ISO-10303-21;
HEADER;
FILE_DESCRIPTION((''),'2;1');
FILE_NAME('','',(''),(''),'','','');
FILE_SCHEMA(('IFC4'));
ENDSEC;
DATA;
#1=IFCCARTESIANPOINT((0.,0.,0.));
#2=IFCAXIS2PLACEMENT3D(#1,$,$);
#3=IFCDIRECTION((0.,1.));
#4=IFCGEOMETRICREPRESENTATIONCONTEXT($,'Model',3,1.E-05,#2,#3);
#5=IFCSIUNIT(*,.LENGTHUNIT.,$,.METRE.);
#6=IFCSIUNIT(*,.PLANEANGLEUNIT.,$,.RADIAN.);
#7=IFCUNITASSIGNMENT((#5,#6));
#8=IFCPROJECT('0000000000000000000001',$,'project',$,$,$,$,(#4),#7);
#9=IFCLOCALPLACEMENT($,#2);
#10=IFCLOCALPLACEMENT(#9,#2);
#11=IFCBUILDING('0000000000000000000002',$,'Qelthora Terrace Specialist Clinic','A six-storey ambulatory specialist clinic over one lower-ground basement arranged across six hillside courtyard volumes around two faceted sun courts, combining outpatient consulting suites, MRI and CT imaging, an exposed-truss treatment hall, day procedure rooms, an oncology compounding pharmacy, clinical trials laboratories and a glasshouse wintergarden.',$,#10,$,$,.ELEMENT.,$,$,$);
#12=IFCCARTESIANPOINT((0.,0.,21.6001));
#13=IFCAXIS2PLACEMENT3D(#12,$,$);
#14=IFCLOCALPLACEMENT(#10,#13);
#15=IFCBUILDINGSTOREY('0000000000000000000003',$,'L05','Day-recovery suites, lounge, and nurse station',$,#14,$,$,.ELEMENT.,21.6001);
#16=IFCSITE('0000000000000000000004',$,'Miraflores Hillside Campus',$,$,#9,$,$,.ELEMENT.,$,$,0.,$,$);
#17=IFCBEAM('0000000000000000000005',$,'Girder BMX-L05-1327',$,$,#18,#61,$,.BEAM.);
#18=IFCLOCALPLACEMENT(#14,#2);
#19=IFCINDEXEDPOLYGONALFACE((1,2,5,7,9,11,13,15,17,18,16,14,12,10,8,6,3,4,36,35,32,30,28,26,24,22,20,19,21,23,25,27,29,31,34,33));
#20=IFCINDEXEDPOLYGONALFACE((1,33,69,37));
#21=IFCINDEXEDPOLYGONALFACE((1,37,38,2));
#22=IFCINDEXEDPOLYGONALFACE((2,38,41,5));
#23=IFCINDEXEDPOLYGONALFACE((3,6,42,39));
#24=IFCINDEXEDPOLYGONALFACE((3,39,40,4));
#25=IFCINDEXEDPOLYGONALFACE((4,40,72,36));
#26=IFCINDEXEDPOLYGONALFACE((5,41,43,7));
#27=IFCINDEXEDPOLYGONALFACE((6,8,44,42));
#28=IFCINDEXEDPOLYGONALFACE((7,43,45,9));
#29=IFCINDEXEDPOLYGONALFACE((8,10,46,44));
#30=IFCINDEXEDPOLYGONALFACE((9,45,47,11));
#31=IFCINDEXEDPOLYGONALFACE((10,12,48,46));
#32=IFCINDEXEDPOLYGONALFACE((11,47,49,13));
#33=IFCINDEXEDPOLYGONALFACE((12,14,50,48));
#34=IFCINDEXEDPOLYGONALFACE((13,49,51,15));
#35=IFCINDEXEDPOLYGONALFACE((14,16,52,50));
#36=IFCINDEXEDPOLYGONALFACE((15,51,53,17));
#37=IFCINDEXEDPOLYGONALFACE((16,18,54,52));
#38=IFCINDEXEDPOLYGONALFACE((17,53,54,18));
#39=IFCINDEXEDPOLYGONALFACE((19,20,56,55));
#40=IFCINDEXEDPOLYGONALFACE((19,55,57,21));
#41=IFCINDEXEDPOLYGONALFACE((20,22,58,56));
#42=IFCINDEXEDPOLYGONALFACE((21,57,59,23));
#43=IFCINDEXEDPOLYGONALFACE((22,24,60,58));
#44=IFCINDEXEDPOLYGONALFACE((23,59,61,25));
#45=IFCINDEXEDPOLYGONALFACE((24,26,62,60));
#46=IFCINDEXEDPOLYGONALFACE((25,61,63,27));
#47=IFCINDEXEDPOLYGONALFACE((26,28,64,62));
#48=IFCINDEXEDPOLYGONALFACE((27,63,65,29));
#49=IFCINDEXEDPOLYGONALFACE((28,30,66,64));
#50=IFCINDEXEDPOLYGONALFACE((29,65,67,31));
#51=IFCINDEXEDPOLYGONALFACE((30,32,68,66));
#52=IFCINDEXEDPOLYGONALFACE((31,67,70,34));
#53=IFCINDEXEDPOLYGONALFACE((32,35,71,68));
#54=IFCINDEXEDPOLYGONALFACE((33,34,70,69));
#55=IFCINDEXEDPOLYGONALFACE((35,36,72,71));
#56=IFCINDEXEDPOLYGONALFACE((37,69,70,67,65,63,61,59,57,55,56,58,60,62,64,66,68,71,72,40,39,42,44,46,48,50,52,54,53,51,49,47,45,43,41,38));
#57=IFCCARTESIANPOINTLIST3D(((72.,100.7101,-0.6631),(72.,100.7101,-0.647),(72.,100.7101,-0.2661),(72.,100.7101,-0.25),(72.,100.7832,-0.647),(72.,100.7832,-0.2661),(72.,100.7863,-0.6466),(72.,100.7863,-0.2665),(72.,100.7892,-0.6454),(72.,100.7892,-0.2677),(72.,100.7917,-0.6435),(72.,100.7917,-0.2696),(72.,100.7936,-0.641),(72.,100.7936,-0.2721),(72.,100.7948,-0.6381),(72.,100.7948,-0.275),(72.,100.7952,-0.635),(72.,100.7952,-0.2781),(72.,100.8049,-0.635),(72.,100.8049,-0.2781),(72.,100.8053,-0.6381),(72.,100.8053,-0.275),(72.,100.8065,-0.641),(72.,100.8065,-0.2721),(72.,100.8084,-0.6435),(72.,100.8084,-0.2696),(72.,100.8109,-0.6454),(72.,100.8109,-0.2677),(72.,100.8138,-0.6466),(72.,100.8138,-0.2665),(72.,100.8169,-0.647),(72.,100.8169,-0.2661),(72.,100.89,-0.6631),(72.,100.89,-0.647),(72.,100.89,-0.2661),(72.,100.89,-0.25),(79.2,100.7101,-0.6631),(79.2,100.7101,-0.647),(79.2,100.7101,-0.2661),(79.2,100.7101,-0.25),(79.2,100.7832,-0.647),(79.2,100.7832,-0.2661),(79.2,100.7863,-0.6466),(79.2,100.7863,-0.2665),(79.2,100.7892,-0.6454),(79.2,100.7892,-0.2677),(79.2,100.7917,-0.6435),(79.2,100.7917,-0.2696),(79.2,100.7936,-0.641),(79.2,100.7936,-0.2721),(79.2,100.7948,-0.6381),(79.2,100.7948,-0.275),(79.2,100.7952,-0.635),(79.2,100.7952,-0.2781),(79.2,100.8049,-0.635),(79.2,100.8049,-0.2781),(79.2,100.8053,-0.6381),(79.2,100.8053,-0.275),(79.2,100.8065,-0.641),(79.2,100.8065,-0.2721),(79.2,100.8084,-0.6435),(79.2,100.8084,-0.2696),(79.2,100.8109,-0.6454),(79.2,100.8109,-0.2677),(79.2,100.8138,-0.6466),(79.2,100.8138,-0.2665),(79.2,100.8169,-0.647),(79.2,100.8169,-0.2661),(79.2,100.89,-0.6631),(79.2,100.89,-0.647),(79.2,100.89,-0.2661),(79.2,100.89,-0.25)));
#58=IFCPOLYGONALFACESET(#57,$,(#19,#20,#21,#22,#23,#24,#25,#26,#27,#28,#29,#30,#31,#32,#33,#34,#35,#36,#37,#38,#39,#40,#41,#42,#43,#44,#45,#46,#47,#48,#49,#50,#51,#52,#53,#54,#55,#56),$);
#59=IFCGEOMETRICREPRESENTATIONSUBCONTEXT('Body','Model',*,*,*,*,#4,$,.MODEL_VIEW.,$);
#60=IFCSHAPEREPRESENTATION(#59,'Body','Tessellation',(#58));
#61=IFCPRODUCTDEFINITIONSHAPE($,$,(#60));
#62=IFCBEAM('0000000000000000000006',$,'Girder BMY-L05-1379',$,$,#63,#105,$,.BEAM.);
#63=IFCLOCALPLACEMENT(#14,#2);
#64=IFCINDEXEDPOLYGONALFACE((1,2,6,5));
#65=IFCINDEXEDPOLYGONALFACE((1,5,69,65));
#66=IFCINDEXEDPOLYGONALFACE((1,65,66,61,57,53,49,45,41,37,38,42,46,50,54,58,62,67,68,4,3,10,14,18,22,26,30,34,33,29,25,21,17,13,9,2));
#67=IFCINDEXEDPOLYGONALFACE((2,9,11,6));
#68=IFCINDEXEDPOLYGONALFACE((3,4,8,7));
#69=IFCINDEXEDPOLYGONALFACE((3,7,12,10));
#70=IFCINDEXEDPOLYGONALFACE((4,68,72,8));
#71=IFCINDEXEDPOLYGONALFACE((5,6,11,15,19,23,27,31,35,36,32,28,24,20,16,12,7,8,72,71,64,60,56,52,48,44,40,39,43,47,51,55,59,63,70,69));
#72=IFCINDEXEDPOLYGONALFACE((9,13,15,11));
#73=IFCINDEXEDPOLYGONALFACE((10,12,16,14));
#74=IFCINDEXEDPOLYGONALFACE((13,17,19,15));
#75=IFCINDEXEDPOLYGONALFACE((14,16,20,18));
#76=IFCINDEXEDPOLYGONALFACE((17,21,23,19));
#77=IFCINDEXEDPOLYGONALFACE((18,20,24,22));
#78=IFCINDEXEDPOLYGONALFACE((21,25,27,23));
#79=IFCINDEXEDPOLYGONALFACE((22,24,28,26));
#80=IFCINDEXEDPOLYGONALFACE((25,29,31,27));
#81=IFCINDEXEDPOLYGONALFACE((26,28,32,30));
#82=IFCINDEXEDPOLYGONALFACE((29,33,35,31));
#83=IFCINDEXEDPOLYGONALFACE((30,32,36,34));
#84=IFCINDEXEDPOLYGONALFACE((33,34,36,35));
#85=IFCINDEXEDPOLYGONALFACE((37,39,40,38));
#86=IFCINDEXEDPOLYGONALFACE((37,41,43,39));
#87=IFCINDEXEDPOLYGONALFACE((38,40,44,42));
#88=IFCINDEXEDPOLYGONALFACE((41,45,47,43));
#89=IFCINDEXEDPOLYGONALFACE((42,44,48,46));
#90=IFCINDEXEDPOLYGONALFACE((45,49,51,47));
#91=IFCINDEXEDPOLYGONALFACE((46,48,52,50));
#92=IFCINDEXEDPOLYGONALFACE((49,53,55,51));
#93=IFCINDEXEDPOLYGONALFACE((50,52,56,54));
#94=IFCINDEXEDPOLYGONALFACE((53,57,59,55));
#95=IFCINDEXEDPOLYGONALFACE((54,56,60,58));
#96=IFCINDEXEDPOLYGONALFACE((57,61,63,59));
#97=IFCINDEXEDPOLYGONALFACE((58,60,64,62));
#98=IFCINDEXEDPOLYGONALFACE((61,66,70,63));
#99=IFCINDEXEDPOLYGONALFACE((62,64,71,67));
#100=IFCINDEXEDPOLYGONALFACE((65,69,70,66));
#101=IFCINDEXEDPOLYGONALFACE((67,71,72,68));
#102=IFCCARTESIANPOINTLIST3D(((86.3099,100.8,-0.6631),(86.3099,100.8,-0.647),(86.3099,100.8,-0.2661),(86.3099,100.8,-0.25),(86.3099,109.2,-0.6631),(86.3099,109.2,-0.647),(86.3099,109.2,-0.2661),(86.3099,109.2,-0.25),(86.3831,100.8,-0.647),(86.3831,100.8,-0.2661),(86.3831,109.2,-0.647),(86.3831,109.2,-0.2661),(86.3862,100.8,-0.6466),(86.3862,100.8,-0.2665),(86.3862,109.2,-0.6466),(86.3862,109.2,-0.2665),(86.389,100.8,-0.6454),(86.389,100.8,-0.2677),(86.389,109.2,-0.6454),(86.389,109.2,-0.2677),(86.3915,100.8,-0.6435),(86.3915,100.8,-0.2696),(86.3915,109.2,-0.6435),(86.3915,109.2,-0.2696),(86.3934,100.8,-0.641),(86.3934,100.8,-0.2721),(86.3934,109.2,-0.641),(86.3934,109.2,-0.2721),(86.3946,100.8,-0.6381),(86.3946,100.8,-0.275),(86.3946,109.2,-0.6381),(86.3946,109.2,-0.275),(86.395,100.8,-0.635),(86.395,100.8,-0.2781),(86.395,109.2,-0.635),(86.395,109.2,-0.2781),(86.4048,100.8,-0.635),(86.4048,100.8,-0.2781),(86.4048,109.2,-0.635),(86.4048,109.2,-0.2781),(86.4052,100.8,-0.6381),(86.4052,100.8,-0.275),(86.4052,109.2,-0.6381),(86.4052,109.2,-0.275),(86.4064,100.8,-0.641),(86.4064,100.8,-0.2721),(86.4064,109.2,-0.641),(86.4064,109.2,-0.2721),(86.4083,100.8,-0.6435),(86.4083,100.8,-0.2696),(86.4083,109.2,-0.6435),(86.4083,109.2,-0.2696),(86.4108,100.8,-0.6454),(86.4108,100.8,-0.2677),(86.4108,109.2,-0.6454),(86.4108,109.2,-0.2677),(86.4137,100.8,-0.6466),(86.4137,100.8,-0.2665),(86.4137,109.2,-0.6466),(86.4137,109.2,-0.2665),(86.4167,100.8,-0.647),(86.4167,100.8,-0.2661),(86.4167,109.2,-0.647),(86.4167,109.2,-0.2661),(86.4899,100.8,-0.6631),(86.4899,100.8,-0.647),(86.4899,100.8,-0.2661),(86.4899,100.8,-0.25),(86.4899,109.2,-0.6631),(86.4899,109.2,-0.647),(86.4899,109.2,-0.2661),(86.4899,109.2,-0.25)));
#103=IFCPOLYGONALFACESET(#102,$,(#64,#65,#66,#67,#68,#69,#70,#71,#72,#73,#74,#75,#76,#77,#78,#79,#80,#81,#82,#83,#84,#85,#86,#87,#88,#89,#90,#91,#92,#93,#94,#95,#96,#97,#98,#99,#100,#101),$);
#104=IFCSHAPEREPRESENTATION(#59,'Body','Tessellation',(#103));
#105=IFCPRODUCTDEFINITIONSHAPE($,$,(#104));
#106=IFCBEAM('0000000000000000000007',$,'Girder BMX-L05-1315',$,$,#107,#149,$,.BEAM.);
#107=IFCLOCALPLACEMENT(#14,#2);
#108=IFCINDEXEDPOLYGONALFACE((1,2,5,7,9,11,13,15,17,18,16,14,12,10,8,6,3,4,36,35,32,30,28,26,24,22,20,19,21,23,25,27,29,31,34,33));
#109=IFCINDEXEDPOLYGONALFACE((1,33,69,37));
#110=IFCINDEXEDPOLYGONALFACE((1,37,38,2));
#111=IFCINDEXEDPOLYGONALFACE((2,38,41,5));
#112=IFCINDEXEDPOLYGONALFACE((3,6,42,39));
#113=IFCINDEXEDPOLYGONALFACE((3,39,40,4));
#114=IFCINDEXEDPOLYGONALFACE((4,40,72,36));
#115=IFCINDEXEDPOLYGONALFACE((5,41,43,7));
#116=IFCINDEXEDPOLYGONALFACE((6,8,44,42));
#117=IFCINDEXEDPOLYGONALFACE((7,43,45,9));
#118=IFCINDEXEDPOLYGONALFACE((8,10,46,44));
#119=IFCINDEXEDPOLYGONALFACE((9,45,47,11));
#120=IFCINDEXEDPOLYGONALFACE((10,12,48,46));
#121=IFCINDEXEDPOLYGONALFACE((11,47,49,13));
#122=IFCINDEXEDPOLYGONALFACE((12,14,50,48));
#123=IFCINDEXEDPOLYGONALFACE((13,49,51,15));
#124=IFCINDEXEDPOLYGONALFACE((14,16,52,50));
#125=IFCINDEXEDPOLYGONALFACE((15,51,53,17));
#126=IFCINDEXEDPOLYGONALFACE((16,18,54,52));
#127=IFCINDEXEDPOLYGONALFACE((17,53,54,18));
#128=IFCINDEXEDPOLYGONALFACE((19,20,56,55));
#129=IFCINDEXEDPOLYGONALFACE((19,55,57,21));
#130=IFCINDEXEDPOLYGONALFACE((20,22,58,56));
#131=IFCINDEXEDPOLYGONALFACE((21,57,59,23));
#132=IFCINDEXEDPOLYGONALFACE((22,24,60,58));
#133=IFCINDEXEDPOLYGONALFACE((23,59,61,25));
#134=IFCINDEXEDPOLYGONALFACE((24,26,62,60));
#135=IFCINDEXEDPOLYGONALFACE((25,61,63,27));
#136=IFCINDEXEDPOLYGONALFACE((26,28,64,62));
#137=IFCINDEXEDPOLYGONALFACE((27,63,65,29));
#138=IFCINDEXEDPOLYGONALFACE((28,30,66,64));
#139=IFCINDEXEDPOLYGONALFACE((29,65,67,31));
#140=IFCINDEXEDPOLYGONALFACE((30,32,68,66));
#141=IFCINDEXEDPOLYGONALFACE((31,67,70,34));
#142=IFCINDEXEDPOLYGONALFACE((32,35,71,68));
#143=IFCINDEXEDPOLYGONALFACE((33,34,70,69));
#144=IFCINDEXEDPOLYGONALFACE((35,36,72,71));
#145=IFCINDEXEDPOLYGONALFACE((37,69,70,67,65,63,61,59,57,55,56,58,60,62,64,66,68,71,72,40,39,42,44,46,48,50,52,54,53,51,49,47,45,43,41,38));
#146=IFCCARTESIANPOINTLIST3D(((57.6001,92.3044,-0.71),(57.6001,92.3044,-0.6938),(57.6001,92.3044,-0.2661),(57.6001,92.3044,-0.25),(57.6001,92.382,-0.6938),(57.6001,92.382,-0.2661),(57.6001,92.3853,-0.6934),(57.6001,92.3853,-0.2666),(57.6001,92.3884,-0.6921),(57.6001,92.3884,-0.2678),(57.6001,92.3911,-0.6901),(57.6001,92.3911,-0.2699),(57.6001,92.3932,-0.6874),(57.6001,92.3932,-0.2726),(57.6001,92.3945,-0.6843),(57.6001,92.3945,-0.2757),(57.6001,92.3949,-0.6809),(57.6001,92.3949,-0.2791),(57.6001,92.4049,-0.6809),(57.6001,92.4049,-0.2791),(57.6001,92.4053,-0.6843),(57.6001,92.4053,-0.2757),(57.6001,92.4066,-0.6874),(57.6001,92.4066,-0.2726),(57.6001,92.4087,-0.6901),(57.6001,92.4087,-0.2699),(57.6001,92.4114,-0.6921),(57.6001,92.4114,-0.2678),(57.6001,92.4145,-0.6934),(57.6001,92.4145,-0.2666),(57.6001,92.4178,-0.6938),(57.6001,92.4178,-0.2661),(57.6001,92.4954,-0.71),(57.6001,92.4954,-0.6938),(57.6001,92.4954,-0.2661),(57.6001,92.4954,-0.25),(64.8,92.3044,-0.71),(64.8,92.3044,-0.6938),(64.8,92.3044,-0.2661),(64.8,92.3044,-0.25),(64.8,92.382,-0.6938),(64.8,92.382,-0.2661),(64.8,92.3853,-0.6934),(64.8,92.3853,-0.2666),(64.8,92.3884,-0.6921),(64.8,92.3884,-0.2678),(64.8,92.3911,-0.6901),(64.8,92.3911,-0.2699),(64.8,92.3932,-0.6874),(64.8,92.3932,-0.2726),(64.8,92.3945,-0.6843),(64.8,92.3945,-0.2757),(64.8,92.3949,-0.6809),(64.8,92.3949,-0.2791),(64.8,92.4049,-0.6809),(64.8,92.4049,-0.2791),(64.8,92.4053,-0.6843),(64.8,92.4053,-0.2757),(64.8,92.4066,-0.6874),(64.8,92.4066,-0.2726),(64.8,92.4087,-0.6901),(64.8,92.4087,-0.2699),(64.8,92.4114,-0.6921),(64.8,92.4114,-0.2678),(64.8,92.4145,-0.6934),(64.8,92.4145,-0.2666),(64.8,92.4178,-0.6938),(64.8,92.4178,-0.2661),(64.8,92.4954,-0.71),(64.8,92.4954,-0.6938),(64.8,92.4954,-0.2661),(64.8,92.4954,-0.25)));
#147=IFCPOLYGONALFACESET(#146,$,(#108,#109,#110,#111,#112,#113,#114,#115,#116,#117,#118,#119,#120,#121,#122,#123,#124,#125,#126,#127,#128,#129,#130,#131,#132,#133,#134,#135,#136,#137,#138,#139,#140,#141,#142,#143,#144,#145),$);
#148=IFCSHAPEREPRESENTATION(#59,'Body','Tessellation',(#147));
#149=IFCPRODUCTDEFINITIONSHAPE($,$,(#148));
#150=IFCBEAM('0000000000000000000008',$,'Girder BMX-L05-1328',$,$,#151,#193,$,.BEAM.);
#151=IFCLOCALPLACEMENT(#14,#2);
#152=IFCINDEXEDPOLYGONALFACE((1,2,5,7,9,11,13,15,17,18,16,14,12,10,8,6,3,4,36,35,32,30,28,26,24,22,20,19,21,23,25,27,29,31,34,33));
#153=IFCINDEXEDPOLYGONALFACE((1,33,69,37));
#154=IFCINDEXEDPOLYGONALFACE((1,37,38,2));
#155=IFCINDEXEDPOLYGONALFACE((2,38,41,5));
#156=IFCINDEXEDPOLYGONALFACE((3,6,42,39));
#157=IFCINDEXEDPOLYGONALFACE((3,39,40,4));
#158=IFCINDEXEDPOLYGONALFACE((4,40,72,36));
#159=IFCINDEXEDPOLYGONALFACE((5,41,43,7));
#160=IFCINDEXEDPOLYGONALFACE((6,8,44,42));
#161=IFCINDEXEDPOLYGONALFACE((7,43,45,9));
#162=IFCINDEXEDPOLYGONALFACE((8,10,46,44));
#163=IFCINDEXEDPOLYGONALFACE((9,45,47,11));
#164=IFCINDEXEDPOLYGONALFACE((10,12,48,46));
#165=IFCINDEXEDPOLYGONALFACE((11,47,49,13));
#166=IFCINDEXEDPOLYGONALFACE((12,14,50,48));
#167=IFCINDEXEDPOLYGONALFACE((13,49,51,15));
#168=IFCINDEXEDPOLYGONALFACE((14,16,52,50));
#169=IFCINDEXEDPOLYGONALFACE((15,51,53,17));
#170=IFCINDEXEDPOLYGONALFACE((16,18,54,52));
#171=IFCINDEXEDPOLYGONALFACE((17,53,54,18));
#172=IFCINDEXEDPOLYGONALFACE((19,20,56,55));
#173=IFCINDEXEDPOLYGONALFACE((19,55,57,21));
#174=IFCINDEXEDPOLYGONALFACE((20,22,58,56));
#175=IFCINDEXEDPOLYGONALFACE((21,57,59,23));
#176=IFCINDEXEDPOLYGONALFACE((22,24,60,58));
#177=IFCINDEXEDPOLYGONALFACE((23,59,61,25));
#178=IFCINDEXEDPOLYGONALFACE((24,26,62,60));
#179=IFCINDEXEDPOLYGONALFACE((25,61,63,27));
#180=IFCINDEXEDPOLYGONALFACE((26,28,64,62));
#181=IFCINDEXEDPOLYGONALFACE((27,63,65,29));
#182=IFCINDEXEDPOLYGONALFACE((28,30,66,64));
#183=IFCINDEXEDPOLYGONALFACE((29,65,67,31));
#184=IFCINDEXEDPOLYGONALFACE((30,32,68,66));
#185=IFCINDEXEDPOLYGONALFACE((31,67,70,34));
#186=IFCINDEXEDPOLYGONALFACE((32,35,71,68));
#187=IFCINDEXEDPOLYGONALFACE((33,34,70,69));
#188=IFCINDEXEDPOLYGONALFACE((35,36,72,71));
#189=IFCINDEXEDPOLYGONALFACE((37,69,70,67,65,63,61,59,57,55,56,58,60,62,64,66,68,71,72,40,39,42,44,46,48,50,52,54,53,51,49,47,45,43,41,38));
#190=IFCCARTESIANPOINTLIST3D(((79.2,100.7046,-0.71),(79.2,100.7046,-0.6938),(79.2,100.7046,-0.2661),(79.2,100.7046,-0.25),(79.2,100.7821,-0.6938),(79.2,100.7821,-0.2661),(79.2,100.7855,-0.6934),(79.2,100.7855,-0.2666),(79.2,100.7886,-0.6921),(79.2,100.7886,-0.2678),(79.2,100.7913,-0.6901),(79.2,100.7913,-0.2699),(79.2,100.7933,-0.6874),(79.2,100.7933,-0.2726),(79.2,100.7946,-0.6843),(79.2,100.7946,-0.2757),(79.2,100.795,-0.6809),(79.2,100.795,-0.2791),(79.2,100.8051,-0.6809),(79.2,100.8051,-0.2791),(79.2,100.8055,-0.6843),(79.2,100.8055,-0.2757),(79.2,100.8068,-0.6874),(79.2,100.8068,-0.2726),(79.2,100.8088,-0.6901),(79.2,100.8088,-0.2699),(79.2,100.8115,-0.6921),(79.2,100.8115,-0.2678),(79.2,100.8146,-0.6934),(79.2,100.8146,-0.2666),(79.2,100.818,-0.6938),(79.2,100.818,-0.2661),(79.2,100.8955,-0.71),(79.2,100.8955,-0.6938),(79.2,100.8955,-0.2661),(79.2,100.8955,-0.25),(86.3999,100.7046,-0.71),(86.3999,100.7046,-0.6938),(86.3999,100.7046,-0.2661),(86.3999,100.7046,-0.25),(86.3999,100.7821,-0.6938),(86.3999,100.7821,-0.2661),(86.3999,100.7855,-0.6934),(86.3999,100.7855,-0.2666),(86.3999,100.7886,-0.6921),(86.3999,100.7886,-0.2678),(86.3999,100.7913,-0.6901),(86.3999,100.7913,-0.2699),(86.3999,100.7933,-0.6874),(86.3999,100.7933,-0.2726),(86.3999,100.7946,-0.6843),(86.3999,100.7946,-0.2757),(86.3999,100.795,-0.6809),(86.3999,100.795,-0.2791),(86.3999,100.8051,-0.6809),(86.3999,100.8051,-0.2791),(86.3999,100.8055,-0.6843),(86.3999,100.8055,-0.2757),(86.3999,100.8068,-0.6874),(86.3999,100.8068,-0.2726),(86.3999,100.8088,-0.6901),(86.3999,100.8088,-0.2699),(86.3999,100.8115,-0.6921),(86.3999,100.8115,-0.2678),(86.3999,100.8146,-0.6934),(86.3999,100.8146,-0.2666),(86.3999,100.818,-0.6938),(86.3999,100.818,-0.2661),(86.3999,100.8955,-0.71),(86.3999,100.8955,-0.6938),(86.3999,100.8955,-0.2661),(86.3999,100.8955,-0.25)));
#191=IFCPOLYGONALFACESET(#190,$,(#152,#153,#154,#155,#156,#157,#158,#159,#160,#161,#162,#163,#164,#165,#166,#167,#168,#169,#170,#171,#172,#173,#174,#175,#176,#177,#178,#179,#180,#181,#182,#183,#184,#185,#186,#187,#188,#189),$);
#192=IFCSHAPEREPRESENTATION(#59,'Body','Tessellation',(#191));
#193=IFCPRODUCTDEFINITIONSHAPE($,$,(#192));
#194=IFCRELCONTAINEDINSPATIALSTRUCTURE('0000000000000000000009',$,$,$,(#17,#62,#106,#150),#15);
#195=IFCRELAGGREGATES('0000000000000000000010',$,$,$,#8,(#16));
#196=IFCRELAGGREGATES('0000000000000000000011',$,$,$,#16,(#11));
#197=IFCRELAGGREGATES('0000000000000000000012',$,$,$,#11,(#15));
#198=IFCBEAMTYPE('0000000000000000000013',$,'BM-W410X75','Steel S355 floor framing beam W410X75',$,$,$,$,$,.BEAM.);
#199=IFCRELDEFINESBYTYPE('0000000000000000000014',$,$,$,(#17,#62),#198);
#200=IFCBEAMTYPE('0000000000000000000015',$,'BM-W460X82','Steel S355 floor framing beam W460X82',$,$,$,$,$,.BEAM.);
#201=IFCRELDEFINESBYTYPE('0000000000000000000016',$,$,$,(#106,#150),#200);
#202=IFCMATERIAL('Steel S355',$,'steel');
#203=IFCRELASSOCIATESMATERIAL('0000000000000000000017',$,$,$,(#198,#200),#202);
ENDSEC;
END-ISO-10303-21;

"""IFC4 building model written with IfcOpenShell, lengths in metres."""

from ifc_helpers import new_model, si_unit, direction, frame, origin, origin_2d, place, context, subcontext, project, spatial, i_section, extrude, material, material_profile, profile_set, type_object, element, save


model = new_model("IFC4")

# Units and contexts
model_context = context("Model", 3, precision=1e-05, world=origin(), true_north=direction((0.0, 1.0)))
body_context = subcontext(model_context, "Body", "Model", "MODEL_VIEW")
ifc_project = project(units=[si_unit("LENGTHUNIT", "METRE"), si_unit("PLANEANGLEUNIT", "RADIAN")], contexts=[model_context])

# Site, building, storey
site_placement = place(None, origin())
site = spatial("IfcSite", under=ifc_project, at=site_placement, Name="Miraflores Hillside Campus", CompositionType="ELEMENT", RefElevation=0.0)
building_placement = place(site_placement, origin())
building = spatial("IfcBuilding", under=site, at=building_placement, Name="Qelthora Terrace Specialist Clinic", Description="A six-storey ambulatory specialist clinic over one lower-ground basement arranged across six hillside courtyard volumes around two faceted sun courts, combining outpatient consulting suites, MRI and CT imaging, an exposed-truss treatment hall, day procedure rooms, an oncology compounding pharmacy, clinical trials laboratories and a glasshouse wintergarden.", CompositionType="ELEMENT")
storey_placement = place(building_placement, frame((0.0, 0.0, 21.6001)))
storey = spatial("IfcBuildingStorey", under=building, at=storey_placement, Name="L05", Description="Day-recovery suites, lounge, and nurse station", CompositionType="ELEMENT", Elevation=21.6001)

# Beams
ifc_material_1 = material(Name="Steel S355", Category="steel")
ifc_material_profile_1 = material_profile(ifc_material_1, i_section(OverallWidth=0.1799, OverallDepth=0.4131, WebThickness=0.0098, FlangeThickness=0.0161, FilletRadius=0.012, at=origin_2d()), Name="W410X75")
ifc_profile_set_1 = profile_set([ifc_material_profile_1], Name="Steel S355")
beam_type_1 = type_object("IfcBeamType", Name="BM-W410X75", Description="Steel S355 floor framing beam W410X75", PredefinedType="BEAM", material=ifc_profile_set_1)
beam_1_placement = place(storey_placement, frame((72.0, 100.8, -0.4565), z_axis=(1.0, 0.0, 0.0), x_axis=(0.0, 1.0, 0.0)))
element("IfcBeam", 1, at=beam_1_placement, inside=storey, type_object=beam_type_1, Name="Girder BMX-L05-1327", PredefinedType="BEAM", context=body_context, shape_type="SweptSolid", body=[
    extrude(i_section(OverallWidth=0.1799, OverallDepth=0.4131, WebThickness=0.0098, FlangeThickness=0.0161, FilletRadius=0.012, at=origin_2d()), origin(), (0.0, 0.0, 1.0), 7.2),
])
beam_2_placement = place(storey_placement, frame((86.3999, 100.8, -0.4565), z_axis=(0.0, 1.0, 0.0), x_axis=(-1.0, 0.0, 0.0)))
element("IfcBeam", 2, at=beam_2_placement, inside=storey, type_object=beam_type_1, Name="Girder BMY-L05-1379", PredefinedType="BEAM", context=body_context, shape_type="SweptSolid", body=[
    extrude(i_section(OverallWidth=0.1799, OverallDepth=0.4131, WebThickness=0.0098, FlangeThickness=0.0161, FilletRadius=0.012, at=origin_2d()), origin(), (0.0, 0.0, 1.0), 8.3999),
])
ifc_material_profile_2 = material_profile(ifc_material_1, i_section(OverallWidth=0.1909, OverallDepth=0.46, WebThickness=0.01, FlangeThickness=0.0161, FilletRadius=0.0129, at=origin_2d()), Name="W460X82")
ifc_profile_set_2 = profile_set([ifc_material_profile_2], Name="Steel S355")
beam_type_2 = type_object("IfcBeamType", Name="BM-W460X82", Description="Steel S355 floor framing beam W460X82", PredefinedType="BEAM", material=ifc_profile_set_2)
for number, where, z_axis, x_axis, name in (
    (3, (57.6001, 92.3999, -0.48), (1.0, 0.0, 0.0), (0.0, 1.0, 0.0), "Girder BMX-L05-1315"),
    (4, (79.2, 100.8, -0.48), (1.0, 0.0, 0.0), (0.0, 1.0, 0.0), "Girder BMX-L05-1328"),
):
    element("IfcBeam", number, at=place(storey_placement, frame(where, z_axis=z_axis, x_axis=x_axis)), inside=storey, type_object=beam_type_2, Name=name, PredefinedType="BEAM", context=body_context, shape_type="SweptSolid", body=[
        extrude(i_section(OverallWidth=0.1909, OverallDepth=0.46, WebThickness=0.01, FlangeThickness=0.0161, FilletRadius=0.0129, at=origin_2d()), origin(), (0.0, 0.0, 1.0), 7.2),
    ])

save(model, "model.ifc")
